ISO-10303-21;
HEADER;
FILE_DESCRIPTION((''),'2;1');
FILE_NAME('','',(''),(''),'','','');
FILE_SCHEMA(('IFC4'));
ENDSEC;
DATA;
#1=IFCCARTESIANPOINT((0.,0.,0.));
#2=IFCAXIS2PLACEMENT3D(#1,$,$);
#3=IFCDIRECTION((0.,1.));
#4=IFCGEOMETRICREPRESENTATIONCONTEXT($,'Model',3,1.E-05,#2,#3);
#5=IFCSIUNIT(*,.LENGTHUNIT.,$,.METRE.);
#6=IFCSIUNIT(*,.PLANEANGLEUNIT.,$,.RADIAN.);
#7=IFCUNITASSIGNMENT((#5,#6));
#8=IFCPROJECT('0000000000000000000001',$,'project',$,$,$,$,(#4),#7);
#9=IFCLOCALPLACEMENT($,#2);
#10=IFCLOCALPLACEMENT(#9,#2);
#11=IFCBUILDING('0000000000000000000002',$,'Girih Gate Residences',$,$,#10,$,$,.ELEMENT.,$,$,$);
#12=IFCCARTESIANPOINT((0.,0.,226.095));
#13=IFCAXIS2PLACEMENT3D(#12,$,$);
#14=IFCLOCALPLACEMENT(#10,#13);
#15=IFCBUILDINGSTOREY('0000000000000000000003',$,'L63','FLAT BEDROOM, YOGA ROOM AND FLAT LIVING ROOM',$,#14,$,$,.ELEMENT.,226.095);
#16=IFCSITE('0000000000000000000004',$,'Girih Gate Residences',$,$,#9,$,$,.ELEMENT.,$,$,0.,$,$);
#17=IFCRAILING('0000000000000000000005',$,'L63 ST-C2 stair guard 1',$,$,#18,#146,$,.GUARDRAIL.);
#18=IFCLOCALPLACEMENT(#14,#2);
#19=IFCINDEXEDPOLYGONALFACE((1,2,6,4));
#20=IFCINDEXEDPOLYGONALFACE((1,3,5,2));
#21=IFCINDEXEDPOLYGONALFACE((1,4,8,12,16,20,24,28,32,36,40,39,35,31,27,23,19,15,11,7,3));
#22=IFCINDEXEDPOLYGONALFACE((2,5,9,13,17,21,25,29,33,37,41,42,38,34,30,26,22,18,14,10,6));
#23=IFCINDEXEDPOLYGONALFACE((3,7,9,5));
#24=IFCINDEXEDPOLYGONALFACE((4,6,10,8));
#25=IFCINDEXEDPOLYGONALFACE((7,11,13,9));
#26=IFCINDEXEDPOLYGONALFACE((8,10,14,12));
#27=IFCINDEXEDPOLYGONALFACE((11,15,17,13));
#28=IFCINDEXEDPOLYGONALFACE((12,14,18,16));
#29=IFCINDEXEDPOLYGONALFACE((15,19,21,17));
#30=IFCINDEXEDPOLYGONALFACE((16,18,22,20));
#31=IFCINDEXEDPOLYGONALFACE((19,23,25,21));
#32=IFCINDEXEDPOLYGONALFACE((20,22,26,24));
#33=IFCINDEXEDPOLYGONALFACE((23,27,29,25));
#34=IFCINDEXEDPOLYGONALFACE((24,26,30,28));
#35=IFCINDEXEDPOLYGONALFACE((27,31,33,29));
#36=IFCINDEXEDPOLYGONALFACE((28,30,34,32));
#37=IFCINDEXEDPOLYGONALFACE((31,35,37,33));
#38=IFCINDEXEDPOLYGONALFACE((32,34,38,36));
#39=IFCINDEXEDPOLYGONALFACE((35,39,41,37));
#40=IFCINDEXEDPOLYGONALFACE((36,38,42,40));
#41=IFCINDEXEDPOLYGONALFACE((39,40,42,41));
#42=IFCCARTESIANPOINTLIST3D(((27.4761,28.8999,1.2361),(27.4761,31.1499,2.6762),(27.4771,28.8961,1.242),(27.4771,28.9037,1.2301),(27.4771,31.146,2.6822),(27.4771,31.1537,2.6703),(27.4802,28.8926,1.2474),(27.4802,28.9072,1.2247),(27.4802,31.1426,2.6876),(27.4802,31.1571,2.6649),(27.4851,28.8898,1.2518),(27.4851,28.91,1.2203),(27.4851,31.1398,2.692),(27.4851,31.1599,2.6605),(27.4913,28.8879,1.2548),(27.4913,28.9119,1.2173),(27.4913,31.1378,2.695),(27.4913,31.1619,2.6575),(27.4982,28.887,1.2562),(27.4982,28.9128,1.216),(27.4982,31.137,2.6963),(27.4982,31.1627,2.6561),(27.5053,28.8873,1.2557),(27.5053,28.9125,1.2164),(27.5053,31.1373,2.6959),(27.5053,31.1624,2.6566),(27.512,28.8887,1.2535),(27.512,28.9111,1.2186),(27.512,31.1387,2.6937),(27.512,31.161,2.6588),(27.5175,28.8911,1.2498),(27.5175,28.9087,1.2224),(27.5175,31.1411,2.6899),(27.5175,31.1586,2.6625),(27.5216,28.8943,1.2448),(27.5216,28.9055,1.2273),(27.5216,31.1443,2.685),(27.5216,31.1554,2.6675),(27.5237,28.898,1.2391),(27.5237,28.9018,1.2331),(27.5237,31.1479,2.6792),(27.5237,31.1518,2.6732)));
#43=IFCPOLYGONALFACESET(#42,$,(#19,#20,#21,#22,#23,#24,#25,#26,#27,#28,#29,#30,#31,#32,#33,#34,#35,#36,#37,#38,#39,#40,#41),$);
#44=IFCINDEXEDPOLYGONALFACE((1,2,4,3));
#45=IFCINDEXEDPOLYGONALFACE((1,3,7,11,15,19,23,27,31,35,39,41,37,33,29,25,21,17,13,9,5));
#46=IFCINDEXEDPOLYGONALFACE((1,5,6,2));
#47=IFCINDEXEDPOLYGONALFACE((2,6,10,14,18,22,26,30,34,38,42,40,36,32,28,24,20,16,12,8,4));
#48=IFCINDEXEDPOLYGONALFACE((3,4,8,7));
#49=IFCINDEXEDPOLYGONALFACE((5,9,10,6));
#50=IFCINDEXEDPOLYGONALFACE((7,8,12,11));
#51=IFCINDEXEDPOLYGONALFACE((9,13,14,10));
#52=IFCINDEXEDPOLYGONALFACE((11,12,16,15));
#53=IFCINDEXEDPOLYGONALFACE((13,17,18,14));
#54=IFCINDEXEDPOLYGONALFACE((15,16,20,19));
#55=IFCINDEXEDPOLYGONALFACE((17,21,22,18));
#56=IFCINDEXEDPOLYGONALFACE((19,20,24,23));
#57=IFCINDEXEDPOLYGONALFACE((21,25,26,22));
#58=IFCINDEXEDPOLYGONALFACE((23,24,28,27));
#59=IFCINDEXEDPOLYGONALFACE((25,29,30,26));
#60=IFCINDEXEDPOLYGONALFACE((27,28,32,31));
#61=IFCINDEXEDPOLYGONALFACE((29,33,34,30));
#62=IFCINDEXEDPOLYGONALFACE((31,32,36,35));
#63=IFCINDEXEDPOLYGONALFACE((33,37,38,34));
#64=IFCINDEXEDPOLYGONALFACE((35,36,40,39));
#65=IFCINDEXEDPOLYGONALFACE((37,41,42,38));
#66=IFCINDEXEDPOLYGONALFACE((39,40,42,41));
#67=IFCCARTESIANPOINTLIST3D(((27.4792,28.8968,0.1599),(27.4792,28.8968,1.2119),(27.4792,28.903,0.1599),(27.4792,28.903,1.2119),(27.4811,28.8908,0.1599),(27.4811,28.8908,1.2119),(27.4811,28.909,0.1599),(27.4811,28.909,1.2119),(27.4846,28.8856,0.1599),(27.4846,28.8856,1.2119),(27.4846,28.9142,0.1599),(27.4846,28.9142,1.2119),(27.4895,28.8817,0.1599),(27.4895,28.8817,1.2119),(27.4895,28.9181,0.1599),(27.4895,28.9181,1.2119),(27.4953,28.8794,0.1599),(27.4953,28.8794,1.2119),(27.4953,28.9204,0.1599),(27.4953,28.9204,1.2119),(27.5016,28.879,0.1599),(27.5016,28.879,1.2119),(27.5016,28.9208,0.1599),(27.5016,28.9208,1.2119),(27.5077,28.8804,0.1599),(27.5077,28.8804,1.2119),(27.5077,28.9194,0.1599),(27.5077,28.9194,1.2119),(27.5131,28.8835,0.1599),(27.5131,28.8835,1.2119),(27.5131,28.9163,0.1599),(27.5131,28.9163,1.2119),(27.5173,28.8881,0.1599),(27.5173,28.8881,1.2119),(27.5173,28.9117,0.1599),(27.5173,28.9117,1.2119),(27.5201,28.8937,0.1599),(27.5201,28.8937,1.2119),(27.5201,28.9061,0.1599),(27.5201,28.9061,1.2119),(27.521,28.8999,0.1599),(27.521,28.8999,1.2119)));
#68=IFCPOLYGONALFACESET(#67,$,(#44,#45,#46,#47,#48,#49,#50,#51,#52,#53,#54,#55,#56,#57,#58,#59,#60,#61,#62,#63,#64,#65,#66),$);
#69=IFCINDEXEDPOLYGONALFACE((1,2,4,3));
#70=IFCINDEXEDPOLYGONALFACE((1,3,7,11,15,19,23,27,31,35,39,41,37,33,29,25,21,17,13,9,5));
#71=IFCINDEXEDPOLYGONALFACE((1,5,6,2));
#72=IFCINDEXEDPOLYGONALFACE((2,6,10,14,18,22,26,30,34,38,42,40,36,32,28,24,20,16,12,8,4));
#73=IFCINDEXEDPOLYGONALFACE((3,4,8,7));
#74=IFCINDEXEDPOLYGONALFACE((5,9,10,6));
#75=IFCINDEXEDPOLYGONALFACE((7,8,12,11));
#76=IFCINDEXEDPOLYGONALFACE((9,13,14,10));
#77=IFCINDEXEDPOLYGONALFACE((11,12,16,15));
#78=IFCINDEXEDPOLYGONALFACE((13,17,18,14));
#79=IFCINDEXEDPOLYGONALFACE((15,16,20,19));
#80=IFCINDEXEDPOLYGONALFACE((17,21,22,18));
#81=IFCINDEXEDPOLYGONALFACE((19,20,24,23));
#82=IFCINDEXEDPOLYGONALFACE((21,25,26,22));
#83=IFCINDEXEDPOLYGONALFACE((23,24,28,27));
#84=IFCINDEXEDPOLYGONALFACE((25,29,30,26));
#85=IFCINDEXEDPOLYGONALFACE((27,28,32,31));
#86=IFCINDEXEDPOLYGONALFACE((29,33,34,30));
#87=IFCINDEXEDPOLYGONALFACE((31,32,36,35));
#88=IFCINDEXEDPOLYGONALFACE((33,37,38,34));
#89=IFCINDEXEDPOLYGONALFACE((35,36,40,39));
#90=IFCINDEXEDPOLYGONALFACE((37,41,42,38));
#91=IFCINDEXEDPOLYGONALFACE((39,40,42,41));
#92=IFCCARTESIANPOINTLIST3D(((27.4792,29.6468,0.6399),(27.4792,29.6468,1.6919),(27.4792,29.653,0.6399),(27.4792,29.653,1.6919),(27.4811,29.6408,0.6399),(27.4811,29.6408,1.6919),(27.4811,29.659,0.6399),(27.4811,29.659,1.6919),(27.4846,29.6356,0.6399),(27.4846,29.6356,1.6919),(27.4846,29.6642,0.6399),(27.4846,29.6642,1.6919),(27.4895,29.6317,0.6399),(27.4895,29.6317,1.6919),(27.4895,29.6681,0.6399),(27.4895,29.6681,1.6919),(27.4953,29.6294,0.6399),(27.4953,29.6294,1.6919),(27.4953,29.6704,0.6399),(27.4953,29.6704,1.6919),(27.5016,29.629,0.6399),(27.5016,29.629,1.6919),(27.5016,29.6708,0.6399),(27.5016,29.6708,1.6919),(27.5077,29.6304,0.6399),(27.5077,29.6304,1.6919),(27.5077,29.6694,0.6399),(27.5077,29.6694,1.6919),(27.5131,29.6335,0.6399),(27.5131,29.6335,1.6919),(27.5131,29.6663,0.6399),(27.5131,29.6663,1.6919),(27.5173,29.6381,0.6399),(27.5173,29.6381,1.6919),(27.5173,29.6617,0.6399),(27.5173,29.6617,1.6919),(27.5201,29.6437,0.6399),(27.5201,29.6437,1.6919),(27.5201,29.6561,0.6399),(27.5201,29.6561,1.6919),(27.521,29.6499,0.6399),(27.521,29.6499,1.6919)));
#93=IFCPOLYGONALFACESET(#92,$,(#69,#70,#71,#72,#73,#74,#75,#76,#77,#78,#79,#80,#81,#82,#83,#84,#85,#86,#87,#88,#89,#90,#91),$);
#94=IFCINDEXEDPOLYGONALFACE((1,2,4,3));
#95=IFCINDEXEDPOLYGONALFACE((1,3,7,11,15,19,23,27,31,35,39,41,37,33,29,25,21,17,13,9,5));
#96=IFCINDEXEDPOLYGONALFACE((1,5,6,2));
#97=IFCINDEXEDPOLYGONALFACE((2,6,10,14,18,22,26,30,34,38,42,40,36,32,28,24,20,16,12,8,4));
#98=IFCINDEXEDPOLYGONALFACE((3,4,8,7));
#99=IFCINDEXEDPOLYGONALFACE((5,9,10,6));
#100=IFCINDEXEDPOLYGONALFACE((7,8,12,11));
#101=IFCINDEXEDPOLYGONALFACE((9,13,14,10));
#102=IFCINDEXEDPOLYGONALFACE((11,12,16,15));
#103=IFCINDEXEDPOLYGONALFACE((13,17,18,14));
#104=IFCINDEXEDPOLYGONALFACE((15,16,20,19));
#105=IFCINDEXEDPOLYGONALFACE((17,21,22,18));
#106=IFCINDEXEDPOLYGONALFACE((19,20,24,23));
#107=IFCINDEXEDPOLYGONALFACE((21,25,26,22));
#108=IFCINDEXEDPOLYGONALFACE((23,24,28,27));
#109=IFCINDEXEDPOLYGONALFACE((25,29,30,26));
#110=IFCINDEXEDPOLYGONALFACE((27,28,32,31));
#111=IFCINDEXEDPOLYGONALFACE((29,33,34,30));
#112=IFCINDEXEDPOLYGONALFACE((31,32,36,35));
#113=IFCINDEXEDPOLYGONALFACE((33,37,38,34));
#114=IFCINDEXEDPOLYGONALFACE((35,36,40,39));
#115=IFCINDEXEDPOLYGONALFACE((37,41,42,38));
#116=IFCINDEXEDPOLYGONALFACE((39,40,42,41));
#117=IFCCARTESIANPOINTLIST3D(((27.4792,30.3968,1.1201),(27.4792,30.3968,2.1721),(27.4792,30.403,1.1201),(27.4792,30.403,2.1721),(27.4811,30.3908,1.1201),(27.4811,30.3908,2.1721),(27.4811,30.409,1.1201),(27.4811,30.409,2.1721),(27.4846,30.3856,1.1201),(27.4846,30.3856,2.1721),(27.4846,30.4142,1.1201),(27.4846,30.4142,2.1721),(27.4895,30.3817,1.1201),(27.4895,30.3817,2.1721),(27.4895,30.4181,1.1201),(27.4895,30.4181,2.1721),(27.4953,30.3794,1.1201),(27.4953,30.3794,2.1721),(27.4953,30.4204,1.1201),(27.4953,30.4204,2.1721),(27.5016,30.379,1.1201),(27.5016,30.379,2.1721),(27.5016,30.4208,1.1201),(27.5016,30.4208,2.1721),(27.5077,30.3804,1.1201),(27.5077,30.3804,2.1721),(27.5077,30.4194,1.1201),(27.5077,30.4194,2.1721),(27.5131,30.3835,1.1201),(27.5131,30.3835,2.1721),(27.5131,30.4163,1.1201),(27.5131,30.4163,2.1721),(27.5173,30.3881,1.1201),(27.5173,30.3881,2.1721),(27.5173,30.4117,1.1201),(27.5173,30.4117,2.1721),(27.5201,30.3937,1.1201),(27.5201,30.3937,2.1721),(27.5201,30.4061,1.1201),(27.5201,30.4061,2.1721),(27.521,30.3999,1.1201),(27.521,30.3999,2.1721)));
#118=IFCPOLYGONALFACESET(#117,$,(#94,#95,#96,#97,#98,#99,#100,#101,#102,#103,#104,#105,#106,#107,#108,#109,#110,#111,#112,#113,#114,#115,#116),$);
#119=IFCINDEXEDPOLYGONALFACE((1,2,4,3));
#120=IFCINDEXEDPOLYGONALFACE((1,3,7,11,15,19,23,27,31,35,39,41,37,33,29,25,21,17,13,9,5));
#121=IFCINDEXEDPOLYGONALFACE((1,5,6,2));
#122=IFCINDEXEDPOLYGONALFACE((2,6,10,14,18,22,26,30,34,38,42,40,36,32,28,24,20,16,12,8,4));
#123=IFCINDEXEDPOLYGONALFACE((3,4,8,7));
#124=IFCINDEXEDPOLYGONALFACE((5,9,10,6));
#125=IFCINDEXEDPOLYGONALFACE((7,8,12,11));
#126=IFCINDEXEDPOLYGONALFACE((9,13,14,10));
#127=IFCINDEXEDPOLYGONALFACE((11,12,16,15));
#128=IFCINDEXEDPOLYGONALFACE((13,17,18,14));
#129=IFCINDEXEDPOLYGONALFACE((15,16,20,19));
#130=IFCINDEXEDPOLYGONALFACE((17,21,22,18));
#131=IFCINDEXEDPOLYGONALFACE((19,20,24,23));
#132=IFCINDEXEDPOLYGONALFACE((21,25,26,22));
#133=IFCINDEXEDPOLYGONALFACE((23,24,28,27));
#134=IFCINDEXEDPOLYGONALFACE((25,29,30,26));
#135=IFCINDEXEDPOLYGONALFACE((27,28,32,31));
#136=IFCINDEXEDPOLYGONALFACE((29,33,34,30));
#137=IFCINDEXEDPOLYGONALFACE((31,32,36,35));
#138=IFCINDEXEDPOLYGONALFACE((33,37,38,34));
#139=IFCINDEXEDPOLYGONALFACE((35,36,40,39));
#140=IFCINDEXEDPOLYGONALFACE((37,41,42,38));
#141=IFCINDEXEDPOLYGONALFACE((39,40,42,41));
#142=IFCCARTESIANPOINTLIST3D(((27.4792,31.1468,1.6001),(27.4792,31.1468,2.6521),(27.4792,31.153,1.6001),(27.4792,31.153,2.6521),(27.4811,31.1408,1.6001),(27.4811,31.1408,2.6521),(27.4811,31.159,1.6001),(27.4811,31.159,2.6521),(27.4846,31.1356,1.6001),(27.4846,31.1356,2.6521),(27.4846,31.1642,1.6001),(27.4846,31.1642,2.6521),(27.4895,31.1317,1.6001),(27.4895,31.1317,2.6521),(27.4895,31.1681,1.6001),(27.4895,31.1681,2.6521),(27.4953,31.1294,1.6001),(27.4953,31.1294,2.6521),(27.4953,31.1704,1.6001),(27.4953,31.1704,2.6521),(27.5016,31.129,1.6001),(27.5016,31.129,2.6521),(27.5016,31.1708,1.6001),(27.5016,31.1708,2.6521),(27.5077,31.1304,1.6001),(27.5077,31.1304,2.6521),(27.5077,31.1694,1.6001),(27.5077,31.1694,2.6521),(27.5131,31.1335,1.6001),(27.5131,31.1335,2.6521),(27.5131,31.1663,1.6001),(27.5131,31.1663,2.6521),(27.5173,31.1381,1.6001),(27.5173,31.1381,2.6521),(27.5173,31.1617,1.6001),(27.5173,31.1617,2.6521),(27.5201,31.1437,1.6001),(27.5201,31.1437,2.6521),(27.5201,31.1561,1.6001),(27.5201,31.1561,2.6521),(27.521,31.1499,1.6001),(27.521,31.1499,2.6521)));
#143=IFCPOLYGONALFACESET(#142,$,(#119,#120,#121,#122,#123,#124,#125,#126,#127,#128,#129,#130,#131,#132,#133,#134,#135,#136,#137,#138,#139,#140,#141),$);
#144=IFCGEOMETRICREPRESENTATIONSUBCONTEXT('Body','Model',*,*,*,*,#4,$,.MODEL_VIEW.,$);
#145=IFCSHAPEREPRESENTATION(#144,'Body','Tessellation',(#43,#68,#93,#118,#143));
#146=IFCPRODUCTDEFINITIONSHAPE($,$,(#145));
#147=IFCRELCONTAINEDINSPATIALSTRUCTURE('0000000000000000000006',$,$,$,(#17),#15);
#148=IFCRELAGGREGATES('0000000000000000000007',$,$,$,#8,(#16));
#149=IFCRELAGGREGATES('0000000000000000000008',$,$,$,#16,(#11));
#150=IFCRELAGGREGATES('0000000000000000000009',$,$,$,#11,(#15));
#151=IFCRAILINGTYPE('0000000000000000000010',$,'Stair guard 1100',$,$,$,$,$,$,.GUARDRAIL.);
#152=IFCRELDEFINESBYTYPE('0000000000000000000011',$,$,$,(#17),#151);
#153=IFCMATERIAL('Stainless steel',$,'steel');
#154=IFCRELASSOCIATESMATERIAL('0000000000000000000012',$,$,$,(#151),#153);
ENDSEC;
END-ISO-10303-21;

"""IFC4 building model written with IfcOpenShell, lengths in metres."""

from ifc_helpers import new_model, si_unit, direction, frame, origin, origin_2d, place, context, subcontext, project, spatial, circle, extrude, material, type_object, element, save


model = new_model("IFC4")

# Units and contexts
model_context = context("Model", 3, precision=1e-05, world=origin(), true_north=direction((0.0, 1.0)))
body_context = subcontext(model_context, "Body", "Model", "MODEL_VIEW")
ifc_project = project(units=[si_unit("LENGTHUNIT", "METRE"), si_unit("PLANEANGLEUNIT", "RADIAN")], contexts=[model_context])

# Site, building, storey
site_placement = place(None, origin())
site = spatial("IfcSite", under=ifc_project, at=site_placement, Name="Girih Gate Residences", CompositionType="ELEMENT", RefElevation=0.0)
building_placement = place(site_placement, origin())
building = spatial("IfcBuilding", under=site, at=building_placement, Name="Girih Gate Residences", CompositionType="ELEMENT")
storey_placement = place(building_placement, frame((0.0, 0.0, 226.095)))
storey = spatial("IfcBuildingStorey", under=building, at=storey_placement, Name="L63", Description="FLAT BEDROOM, YOGA ROOM AND FLAT LIVING ROOM", CompositionType="ELEMENT", Elevation=226.095)

# Railing
ifc_material_1 = material(Name="Stainless steel", Category="steel")
railing_type_1 = type_object("IfcRailingType", Name="Stair guard 1100", PredefinedType="GUARDRAIL", material=ifc_material_1)
railing_1_placement = place(storey_placement, frame((27.5, 28.8999, 0.1599)))
element("IfcRailing", 1, at=railing_1_placement, inside=storey, type_object=railing_type_1, Name="L63 ST-C2 stair guard 1", PredefinedType="GUARDRAIL", context=body_context, shape_type="SweptSolid", body=[
    extrude(circle(Radius=0.0239, at=origin_2d()), frame((0.0, 0.0, 1.0762), z_axis=(0.0, 0.84224, 0.539103), x_axis=(-1.0, 0.0, 0.0)), (0.0, 0.0, 1.0), 2.6714),
    extrude(circle(Radius=0.021, at=origin_2d()), origin(), (0.0, 0.0, 1.0), 1.052),
    extrude(circle(Radius=0.021, at=origin_2d()), frame((0.0, 0.75, 0.48)), (0.0, 0.0, 1.0), 1.052),
    extrude(circle(Radius=0.021, at=origin_2d()), frame((0.0, 1.5, 0.9602)), (0.0, 0.0, 1.0), 1.052),
    extrude(circle(Radius=0.021, at=origin_2d()), frame((0.0, 2.25, 1.4402)), (0.0, 0.0, 1.0), 1.052),
])

save(model, "model.ifc")
